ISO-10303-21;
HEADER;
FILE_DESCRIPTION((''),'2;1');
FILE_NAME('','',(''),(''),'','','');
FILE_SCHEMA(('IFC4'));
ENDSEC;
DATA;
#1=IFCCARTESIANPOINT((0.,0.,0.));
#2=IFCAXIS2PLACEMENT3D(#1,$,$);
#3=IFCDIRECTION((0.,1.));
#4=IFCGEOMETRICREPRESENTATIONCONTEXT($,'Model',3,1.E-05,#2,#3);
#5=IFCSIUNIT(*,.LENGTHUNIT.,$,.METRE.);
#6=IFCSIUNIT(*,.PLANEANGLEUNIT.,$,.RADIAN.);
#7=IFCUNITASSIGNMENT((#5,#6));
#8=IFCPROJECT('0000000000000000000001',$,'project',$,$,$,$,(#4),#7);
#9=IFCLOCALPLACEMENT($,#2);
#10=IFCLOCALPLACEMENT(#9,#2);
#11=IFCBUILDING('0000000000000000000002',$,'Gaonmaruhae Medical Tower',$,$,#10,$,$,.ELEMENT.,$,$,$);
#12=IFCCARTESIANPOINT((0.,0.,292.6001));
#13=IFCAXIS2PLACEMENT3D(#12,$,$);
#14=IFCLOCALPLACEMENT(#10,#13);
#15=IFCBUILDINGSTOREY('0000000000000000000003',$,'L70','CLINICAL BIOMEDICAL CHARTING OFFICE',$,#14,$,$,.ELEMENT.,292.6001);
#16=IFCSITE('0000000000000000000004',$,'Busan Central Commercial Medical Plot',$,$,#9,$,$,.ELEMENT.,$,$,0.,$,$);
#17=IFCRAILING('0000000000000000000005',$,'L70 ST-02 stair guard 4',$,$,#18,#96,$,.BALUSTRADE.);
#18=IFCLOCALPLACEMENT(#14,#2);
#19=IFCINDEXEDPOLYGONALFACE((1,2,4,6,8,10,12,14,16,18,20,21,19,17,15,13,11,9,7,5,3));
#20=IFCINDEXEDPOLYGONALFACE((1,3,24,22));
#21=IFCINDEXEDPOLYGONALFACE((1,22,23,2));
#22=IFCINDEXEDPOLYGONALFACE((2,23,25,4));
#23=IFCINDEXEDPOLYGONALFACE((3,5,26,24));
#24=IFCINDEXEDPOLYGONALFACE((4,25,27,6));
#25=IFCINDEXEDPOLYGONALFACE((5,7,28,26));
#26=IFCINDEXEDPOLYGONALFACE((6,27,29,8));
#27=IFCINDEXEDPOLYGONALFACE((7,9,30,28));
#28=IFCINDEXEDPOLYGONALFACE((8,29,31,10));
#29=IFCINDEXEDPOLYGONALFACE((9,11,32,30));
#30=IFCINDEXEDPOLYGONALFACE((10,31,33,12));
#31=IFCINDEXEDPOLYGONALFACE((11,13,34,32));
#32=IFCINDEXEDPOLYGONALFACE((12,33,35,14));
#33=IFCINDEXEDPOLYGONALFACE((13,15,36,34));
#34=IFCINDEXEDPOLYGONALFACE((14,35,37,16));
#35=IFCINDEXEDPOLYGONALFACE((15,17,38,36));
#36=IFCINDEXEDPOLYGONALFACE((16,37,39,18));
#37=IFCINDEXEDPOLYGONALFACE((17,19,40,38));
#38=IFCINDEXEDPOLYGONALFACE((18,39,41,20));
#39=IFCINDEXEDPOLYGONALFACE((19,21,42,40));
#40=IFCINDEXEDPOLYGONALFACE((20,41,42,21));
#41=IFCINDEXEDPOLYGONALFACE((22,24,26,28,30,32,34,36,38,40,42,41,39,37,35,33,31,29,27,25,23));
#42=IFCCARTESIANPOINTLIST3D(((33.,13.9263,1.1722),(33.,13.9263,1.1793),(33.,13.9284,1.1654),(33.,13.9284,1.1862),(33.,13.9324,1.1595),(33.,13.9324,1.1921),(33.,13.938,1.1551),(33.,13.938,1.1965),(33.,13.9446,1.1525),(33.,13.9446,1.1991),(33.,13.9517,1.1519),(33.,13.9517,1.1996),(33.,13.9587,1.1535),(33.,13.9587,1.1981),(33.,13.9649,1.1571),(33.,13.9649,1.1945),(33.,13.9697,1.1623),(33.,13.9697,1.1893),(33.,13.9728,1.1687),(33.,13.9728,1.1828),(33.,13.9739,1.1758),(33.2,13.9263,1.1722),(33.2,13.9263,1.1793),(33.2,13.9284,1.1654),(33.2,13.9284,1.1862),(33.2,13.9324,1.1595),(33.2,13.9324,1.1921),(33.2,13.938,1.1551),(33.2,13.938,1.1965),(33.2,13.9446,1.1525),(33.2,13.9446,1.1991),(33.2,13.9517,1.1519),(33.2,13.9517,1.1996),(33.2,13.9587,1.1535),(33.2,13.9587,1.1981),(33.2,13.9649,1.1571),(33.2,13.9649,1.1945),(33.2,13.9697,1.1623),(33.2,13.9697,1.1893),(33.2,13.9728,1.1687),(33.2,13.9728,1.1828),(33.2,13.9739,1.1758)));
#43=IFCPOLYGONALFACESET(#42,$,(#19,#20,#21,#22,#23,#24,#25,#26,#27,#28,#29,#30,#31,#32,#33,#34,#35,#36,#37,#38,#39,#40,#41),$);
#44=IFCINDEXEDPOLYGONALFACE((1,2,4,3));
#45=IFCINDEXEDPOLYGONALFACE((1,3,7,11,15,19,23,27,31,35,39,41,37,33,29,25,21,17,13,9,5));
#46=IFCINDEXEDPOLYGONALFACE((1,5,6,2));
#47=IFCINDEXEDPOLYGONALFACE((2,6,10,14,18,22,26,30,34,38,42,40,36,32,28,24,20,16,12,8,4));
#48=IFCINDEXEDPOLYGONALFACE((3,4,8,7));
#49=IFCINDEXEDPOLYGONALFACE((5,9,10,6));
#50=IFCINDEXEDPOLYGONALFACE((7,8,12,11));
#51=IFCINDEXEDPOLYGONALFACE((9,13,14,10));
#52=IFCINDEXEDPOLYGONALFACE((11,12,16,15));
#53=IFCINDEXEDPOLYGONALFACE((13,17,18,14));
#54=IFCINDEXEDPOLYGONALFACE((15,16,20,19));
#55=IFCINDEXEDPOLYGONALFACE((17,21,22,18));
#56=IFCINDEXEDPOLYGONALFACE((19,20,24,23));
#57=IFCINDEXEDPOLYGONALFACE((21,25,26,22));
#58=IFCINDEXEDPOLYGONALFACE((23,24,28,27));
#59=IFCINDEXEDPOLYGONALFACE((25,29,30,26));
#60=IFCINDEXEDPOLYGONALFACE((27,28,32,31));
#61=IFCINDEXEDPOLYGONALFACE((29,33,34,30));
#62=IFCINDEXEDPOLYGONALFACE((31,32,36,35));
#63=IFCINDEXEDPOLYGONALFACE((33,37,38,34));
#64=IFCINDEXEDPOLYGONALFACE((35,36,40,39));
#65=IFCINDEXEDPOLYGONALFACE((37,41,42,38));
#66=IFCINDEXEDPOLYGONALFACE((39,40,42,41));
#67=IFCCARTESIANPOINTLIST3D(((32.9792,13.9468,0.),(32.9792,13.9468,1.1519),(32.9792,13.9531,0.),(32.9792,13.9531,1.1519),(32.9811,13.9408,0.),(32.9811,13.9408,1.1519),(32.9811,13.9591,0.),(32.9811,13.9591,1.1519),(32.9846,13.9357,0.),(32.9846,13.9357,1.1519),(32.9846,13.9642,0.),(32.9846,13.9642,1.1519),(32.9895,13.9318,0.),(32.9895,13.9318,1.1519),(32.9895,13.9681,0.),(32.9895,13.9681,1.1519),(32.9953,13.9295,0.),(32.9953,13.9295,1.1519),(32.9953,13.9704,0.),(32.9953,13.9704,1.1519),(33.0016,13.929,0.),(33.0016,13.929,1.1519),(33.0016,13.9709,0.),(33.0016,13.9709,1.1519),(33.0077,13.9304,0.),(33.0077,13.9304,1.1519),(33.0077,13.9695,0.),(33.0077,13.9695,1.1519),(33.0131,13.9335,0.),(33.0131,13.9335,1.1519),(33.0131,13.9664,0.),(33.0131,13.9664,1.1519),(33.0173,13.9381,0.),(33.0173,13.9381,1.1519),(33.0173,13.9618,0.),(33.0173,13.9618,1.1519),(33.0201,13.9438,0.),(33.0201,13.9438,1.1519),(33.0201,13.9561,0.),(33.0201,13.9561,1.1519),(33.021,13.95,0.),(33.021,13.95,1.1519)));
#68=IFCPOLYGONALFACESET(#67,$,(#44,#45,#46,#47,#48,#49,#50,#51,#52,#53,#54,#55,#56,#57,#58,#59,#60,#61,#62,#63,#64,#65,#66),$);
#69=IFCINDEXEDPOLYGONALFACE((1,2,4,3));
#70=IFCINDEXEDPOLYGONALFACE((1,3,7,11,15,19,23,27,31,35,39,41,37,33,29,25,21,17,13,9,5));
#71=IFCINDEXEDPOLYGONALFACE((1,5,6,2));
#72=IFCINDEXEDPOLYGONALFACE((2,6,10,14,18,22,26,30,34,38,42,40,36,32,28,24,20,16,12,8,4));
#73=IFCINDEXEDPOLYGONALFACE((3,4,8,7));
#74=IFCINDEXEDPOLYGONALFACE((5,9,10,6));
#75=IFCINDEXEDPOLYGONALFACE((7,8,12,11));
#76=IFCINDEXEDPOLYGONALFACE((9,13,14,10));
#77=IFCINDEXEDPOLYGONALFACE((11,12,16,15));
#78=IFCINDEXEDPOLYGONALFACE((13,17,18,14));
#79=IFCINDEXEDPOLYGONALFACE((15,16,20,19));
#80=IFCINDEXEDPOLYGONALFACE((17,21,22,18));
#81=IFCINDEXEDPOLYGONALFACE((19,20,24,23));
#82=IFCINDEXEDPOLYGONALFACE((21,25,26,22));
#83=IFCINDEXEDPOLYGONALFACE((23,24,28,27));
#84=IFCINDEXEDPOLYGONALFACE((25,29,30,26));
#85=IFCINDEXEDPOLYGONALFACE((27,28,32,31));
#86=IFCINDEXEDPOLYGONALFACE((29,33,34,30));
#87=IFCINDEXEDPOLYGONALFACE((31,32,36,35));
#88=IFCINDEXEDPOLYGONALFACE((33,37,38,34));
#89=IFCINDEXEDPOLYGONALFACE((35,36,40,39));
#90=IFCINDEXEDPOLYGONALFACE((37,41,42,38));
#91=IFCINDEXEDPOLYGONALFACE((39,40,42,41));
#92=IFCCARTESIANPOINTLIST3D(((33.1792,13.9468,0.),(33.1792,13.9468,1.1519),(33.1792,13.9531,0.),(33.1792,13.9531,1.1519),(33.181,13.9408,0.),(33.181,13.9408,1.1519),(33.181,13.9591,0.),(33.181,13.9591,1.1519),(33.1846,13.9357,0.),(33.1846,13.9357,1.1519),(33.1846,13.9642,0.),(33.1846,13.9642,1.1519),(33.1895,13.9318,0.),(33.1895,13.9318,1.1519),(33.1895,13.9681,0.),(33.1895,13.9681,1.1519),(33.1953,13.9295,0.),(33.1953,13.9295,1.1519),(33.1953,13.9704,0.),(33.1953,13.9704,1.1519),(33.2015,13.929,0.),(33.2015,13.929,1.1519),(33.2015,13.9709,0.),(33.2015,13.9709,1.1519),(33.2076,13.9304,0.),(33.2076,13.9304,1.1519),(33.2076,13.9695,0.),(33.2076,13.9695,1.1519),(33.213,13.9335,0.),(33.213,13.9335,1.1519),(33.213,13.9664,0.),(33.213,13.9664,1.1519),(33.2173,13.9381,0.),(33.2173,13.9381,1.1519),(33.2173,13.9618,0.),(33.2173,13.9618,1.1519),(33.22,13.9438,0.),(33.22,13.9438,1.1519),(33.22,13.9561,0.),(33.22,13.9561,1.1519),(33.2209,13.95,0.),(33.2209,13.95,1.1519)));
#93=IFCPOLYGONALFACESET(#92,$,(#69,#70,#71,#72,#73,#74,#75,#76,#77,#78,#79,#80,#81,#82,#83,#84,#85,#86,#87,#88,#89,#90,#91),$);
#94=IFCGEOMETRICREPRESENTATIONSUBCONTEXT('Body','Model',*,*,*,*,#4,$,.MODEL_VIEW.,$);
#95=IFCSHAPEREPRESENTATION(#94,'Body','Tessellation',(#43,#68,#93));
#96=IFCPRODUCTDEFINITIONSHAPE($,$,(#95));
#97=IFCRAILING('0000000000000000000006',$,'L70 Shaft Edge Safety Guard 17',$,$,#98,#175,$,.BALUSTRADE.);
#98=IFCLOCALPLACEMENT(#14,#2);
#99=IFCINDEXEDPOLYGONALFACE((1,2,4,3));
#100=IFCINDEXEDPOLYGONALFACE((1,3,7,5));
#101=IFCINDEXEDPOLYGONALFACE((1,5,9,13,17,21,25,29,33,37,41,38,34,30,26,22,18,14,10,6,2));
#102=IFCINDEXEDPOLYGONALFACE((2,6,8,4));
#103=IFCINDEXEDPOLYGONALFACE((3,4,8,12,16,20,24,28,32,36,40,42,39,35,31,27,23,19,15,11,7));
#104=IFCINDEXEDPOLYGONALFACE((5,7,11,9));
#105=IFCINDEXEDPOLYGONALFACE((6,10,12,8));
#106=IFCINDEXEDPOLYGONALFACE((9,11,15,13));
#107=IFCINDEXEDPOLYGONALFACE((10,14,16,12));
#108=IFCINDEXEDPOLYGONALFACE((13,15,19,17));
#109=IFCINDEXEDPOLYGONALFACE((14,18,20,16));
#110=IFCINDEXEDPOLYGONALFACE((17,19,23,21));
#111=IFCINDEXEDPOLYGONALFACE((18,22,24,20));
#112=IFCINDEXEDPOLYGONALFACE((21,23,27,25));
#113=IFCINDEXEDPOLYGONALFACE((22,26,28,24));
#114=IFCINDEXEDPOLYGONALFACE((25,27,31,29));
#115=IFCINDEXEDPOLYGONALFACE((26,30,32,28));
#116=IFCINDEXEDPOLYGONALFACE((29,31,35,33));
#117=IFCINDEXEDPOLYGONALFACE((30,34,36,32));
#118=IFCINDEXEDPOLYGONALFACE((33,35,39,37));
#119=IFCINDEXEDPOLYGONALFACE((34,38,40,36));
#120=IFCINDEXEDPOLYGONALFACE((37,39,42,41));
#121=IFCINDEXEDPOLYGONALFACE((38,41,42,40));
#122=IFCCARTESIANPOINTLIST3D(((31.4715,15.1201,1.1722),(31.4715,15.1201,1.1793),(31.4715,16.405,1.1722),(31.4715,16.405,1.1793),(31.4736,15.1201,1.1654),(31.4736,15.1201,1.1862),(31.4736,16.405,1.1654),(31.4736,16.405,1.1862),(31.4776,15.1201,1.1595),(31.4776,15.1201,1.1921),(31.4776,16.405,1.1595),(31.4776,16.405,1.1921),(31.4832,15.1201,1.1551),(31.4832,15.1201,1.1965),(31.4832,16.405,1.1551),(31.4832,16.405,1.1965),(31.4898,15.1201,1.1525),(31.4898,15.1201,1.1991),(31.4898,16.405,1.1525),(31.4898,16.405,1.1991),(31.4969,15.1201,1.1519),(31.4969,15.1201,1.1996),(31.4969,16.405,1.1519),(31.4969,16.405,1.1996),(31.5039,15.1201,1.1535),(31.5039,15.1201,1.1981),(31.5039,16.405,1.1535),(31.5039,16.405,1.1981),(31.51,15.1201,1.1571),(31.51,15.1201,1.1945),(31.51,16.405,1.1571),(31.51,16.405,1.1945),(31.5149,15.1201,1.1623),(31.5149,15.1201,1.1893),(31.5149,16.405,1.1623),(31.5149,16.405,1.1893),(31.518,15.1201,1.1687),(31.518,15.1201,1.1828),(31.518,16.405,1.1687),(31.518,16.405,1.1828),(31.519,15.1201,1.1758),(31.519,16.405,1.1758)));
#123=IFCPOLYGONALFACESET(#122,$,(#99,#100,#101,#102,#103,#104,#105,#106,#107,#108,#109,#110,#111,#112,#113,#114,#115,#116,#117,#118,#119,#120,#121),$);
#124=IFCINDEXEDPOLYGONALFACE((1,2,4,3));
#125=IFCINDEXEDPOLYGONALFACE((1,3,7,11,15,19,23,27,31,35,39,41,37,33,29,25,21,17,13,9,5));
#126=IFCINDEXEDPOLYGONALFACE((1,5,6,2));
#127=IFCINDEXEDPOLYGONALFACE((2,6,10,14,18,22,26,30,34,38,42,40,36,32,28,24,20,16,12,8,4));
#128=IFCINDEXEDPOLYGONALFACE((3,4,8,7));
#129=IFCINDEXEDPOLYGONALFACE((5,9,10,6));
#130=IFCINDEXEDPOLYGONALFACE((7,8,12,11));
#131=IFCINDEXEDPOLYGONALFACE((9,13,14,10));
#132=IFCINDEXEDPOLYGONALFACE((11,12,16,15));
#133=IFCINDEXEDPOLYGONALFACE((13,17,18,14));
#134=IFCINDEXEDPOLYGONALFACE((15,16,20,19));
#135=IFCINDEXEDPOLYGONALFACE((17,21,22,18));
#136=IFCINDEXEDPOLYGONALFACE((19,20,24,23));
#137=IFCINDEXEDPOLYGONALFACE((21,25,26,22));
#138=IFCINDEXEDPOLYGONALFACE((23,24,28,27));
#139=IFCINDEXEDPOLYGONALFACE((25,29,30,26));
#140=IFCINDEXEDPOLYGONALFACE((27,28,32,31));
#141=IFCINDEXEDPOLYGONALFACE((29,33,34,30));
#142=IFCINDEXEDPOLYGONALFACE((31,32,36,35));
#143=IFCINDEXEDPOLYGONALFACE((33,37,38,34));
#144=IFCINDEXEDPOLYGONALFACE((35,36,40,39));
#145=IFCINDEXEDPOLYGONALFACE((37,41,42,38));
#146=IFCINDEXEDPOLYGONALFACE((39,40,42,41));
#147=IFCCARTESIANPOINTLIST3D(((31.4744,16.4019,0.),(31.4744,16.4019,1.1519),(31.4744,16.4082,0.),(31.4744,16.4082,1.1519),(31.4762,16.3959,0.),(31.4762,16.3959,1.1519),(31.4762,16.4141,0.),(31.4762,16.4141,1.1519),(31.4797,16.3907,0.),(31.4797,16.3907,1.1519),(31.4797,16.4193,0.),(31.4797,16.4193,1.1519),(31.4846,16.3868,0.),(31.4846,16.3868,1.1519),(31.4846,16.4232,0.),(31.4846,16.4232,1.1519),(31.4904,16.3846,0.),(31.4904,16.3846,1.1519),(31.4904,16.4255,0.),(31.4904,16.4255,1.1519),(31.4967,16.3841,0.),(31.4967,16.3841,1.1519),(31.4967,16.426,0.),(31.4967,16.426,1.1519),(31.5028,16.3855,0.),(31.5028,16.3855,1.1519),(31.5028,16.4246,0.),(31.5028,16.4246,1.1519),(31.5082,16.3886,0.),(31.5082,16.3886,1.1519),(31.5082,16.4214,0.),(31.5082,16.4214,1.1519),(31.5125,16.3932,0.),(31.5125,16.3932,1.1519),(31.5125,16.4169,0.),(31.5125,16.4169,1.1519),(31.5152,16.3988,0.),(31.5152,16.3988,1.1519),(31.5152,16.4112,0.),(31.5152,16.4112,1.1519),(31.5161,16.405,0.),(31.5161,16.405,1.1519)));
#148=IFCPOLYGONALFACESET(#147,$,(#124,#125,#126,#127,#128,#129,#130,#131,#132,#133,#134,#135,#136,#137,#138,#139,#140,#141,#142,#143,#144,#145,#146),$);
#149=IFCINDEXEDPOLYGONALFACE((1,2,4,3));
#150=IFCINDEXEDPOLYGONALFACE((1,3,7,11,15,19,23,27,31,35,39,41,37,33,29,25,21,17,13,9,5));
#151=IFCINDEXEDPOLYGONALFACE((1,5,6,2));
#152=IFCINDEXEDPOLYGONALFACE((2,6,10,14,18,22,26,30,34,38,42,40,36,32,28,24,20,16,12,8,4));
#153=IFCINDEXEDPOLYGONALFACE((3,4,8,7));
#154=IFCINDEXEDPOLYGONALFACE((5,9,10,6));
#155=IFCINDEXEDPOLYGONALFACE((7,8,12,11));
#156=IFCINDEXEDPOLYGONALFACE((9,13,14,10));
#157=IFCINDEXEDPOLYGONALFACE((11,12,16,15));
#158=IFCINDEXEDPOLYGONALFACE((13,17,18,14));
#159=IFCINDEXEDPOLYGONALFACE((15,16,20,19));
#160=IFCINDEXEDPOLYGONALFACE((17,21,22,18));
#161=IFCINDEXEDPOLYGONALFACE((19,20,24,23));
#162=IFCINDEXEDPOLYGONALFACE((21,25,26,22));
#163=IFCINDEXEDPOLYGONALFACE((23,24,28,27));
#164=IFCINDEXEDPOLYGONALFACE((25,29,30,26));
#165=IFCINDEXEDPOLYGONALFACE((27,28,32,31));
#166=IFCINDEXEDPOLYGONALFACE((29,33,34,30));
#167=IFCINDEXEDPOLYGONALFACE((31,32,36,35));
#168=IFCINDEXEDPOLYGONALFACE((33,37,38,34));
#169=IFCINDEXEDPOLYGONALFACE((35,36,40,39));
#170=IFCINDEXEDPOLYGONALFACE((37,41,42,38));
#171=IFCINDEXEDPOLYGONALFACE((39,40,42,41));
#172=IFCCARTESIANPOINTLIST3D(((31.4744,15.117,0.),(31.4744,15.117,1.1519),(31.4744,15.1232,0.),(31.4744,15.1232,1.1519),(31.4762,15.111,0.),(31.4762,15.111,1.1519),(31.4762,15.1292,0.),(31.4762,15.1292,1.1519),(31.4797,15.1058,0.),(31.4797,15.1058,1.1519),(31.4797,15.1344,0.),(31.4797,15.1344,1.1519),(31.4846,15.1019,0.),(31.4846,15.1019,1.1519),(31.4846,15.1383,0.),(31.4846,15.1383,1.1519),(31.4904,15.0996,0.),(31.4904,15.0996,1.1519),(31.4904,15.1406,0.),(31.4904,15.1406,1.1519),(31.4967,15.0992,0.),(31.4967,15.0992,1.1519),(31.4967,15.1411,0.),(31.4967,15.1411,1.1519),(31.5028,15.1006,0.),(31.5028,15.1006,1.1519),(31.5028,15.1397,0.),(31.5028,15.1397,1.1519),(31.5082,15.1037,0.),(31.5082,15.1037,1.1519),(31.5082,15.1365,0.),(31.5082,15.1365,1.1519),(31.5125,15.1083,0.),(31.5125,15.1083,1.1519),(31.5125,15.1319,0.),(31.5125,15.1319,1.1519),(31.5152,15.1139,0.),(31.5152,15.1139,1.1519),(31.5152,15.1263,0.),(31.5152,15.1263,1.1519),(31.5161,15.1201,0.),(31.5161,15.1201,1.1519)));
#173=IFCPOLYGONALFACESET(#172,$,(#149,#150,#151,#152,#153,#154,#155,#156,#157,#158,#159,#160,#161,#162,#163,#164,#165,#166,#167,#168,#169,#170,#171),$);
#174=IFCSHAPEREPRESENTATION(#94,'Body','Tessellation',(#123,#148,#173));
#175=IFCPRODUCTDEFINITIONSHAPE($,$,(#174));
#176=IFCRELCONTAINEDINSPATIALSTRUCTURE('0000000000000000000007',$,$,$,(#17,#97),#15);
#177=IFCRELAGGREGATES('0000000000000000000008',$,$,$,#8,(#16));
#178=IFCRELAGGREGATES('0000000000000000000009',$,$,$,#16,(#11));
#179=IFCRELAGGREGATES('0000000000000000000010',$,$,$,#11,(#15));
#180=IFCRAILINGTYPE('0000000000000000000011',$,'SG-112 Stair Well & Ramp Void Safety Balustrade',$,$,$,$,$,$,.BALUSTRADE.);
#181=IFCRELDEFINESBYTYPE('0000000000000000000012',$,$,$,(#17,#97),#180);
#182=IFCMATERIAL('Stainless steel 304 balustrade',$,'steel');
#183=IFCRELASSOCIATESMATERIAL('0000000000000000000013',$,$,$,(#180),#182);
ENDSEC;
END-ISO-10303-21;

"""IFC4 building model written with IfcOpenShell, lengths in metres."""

from ifc_helpers import new_model, si_unit, direction, frame, origin, origin_2d, place, context, subcontext, project, spatial, circle, extrude, material, type_object, element, save


model = new_model("IFC4")

# Units and contexts
model_context = context("Model", 3, precision=1e-05, world=origin(), true_north=direction((0.0, 1.0)))
body_context = subcontext(model_context, "Body", "Model", "MODEL_VIEW")
ifc_project = project(units=[si_unit("LENGTHUNIT", "METRE"), si_unit("PLANEANGLEUNIT", "RADIAN")], contexts=[model_context])

# Site, building, storey
site_placement = place(None, origin())
site = spatial("IfcSite", under=ifc_project, at=site_placement, Name="Busan Central Commercial Medical Plot", CompositionType="ELEMENT", RefElevation=0.0)
building_placement = place(site_placement, origin())
building = spatial("IfcBuilding", under=site, at=building_placement, Name="Gaonmaruhae Medical Tower", CompositionType="ELEMENT")
storey_placement = place(building_placement, frame((0.0, 0.0, 292.6001)))
storey = spatial("IfcBuildingStorey", under=building, at=storey_placement, Name="L70", Description="CLINICAL BIOMEDICAL CHARTING OFFICE", CompositionType="ELEMENT", Elevation=292.6001)

# Railings
ifc_material_1 = material(Name="Stainless steel 304 balustrade", Category="steel")
railing_type_1 = type_object("IfcRailingType", Name="SG-112 Stair Well & Ramp Void Safety Balustrade", PredefinedType="BALUSTRADE", material=ifc_material_1)
railing_1_placement = place(storey_placement, frame((33.0, 13.95, 0.0)))
element("IfcRailing", 1, at=railing_1_placement, inside=storey, type_object=railing_type_1, Name="L70 ST-02 stair guard 4", PredefinedType="BALUSTRADE", context=body_context, shape_type="SweptSolid", body=[
    extrude(circle(Radius=0.0239, at=origin_2d()), frame((0.0, 0.0, 1.1758), z_axis=(1.0, 0.0, 0.0), x_axis=(0.0, 1.0, 0.0)), (0.0, 0.0, 1.0), 0.2),
    extrude(circle(Radius=0.021, at=origin_2d()), origin(), (0.0, 0.0, 1.0), 1.1519),
    extrude(circle(Radius=0.021, at=origin_2d()), frame((0.2, 0.0, 0.0)), (0.0, 0.0, 1.0), 1.1519),
])
railing_2_placement = place(storey_placement, frame((31.4951, 16.405, 0.0)))
element("IfcRailing", 2, at=railing_2_placement, inside=storey, type_object=railing_type_1, Name="L70 Shaft Edge Safety Guard 17", PredefinedType="BALUSTRADE", context=body_context, shape_type="SweptSolid", body=[
    extrude(circle(Radius=0.0239, at=origin_2d()), frame((0.0, 0.0, 1.1758), z_axis=(0.0, -1.0, 0.0), x_axis=(1.0, 0.0, 0.0)), (0.0, 0.0, 1.0), 1.2849),
    extrude(circle(Radius=0.021, at=origin_2d()), origin(), (0.0, 0.0, 1.0), 1.1519),
    extrude(circle(Radius=0.021, at=origin_2d()), frame((0.0, -1.2849, 0.0)), (0.0, 0.0, 1.0), 1.1519),
])

save(model, "model.ifc")
